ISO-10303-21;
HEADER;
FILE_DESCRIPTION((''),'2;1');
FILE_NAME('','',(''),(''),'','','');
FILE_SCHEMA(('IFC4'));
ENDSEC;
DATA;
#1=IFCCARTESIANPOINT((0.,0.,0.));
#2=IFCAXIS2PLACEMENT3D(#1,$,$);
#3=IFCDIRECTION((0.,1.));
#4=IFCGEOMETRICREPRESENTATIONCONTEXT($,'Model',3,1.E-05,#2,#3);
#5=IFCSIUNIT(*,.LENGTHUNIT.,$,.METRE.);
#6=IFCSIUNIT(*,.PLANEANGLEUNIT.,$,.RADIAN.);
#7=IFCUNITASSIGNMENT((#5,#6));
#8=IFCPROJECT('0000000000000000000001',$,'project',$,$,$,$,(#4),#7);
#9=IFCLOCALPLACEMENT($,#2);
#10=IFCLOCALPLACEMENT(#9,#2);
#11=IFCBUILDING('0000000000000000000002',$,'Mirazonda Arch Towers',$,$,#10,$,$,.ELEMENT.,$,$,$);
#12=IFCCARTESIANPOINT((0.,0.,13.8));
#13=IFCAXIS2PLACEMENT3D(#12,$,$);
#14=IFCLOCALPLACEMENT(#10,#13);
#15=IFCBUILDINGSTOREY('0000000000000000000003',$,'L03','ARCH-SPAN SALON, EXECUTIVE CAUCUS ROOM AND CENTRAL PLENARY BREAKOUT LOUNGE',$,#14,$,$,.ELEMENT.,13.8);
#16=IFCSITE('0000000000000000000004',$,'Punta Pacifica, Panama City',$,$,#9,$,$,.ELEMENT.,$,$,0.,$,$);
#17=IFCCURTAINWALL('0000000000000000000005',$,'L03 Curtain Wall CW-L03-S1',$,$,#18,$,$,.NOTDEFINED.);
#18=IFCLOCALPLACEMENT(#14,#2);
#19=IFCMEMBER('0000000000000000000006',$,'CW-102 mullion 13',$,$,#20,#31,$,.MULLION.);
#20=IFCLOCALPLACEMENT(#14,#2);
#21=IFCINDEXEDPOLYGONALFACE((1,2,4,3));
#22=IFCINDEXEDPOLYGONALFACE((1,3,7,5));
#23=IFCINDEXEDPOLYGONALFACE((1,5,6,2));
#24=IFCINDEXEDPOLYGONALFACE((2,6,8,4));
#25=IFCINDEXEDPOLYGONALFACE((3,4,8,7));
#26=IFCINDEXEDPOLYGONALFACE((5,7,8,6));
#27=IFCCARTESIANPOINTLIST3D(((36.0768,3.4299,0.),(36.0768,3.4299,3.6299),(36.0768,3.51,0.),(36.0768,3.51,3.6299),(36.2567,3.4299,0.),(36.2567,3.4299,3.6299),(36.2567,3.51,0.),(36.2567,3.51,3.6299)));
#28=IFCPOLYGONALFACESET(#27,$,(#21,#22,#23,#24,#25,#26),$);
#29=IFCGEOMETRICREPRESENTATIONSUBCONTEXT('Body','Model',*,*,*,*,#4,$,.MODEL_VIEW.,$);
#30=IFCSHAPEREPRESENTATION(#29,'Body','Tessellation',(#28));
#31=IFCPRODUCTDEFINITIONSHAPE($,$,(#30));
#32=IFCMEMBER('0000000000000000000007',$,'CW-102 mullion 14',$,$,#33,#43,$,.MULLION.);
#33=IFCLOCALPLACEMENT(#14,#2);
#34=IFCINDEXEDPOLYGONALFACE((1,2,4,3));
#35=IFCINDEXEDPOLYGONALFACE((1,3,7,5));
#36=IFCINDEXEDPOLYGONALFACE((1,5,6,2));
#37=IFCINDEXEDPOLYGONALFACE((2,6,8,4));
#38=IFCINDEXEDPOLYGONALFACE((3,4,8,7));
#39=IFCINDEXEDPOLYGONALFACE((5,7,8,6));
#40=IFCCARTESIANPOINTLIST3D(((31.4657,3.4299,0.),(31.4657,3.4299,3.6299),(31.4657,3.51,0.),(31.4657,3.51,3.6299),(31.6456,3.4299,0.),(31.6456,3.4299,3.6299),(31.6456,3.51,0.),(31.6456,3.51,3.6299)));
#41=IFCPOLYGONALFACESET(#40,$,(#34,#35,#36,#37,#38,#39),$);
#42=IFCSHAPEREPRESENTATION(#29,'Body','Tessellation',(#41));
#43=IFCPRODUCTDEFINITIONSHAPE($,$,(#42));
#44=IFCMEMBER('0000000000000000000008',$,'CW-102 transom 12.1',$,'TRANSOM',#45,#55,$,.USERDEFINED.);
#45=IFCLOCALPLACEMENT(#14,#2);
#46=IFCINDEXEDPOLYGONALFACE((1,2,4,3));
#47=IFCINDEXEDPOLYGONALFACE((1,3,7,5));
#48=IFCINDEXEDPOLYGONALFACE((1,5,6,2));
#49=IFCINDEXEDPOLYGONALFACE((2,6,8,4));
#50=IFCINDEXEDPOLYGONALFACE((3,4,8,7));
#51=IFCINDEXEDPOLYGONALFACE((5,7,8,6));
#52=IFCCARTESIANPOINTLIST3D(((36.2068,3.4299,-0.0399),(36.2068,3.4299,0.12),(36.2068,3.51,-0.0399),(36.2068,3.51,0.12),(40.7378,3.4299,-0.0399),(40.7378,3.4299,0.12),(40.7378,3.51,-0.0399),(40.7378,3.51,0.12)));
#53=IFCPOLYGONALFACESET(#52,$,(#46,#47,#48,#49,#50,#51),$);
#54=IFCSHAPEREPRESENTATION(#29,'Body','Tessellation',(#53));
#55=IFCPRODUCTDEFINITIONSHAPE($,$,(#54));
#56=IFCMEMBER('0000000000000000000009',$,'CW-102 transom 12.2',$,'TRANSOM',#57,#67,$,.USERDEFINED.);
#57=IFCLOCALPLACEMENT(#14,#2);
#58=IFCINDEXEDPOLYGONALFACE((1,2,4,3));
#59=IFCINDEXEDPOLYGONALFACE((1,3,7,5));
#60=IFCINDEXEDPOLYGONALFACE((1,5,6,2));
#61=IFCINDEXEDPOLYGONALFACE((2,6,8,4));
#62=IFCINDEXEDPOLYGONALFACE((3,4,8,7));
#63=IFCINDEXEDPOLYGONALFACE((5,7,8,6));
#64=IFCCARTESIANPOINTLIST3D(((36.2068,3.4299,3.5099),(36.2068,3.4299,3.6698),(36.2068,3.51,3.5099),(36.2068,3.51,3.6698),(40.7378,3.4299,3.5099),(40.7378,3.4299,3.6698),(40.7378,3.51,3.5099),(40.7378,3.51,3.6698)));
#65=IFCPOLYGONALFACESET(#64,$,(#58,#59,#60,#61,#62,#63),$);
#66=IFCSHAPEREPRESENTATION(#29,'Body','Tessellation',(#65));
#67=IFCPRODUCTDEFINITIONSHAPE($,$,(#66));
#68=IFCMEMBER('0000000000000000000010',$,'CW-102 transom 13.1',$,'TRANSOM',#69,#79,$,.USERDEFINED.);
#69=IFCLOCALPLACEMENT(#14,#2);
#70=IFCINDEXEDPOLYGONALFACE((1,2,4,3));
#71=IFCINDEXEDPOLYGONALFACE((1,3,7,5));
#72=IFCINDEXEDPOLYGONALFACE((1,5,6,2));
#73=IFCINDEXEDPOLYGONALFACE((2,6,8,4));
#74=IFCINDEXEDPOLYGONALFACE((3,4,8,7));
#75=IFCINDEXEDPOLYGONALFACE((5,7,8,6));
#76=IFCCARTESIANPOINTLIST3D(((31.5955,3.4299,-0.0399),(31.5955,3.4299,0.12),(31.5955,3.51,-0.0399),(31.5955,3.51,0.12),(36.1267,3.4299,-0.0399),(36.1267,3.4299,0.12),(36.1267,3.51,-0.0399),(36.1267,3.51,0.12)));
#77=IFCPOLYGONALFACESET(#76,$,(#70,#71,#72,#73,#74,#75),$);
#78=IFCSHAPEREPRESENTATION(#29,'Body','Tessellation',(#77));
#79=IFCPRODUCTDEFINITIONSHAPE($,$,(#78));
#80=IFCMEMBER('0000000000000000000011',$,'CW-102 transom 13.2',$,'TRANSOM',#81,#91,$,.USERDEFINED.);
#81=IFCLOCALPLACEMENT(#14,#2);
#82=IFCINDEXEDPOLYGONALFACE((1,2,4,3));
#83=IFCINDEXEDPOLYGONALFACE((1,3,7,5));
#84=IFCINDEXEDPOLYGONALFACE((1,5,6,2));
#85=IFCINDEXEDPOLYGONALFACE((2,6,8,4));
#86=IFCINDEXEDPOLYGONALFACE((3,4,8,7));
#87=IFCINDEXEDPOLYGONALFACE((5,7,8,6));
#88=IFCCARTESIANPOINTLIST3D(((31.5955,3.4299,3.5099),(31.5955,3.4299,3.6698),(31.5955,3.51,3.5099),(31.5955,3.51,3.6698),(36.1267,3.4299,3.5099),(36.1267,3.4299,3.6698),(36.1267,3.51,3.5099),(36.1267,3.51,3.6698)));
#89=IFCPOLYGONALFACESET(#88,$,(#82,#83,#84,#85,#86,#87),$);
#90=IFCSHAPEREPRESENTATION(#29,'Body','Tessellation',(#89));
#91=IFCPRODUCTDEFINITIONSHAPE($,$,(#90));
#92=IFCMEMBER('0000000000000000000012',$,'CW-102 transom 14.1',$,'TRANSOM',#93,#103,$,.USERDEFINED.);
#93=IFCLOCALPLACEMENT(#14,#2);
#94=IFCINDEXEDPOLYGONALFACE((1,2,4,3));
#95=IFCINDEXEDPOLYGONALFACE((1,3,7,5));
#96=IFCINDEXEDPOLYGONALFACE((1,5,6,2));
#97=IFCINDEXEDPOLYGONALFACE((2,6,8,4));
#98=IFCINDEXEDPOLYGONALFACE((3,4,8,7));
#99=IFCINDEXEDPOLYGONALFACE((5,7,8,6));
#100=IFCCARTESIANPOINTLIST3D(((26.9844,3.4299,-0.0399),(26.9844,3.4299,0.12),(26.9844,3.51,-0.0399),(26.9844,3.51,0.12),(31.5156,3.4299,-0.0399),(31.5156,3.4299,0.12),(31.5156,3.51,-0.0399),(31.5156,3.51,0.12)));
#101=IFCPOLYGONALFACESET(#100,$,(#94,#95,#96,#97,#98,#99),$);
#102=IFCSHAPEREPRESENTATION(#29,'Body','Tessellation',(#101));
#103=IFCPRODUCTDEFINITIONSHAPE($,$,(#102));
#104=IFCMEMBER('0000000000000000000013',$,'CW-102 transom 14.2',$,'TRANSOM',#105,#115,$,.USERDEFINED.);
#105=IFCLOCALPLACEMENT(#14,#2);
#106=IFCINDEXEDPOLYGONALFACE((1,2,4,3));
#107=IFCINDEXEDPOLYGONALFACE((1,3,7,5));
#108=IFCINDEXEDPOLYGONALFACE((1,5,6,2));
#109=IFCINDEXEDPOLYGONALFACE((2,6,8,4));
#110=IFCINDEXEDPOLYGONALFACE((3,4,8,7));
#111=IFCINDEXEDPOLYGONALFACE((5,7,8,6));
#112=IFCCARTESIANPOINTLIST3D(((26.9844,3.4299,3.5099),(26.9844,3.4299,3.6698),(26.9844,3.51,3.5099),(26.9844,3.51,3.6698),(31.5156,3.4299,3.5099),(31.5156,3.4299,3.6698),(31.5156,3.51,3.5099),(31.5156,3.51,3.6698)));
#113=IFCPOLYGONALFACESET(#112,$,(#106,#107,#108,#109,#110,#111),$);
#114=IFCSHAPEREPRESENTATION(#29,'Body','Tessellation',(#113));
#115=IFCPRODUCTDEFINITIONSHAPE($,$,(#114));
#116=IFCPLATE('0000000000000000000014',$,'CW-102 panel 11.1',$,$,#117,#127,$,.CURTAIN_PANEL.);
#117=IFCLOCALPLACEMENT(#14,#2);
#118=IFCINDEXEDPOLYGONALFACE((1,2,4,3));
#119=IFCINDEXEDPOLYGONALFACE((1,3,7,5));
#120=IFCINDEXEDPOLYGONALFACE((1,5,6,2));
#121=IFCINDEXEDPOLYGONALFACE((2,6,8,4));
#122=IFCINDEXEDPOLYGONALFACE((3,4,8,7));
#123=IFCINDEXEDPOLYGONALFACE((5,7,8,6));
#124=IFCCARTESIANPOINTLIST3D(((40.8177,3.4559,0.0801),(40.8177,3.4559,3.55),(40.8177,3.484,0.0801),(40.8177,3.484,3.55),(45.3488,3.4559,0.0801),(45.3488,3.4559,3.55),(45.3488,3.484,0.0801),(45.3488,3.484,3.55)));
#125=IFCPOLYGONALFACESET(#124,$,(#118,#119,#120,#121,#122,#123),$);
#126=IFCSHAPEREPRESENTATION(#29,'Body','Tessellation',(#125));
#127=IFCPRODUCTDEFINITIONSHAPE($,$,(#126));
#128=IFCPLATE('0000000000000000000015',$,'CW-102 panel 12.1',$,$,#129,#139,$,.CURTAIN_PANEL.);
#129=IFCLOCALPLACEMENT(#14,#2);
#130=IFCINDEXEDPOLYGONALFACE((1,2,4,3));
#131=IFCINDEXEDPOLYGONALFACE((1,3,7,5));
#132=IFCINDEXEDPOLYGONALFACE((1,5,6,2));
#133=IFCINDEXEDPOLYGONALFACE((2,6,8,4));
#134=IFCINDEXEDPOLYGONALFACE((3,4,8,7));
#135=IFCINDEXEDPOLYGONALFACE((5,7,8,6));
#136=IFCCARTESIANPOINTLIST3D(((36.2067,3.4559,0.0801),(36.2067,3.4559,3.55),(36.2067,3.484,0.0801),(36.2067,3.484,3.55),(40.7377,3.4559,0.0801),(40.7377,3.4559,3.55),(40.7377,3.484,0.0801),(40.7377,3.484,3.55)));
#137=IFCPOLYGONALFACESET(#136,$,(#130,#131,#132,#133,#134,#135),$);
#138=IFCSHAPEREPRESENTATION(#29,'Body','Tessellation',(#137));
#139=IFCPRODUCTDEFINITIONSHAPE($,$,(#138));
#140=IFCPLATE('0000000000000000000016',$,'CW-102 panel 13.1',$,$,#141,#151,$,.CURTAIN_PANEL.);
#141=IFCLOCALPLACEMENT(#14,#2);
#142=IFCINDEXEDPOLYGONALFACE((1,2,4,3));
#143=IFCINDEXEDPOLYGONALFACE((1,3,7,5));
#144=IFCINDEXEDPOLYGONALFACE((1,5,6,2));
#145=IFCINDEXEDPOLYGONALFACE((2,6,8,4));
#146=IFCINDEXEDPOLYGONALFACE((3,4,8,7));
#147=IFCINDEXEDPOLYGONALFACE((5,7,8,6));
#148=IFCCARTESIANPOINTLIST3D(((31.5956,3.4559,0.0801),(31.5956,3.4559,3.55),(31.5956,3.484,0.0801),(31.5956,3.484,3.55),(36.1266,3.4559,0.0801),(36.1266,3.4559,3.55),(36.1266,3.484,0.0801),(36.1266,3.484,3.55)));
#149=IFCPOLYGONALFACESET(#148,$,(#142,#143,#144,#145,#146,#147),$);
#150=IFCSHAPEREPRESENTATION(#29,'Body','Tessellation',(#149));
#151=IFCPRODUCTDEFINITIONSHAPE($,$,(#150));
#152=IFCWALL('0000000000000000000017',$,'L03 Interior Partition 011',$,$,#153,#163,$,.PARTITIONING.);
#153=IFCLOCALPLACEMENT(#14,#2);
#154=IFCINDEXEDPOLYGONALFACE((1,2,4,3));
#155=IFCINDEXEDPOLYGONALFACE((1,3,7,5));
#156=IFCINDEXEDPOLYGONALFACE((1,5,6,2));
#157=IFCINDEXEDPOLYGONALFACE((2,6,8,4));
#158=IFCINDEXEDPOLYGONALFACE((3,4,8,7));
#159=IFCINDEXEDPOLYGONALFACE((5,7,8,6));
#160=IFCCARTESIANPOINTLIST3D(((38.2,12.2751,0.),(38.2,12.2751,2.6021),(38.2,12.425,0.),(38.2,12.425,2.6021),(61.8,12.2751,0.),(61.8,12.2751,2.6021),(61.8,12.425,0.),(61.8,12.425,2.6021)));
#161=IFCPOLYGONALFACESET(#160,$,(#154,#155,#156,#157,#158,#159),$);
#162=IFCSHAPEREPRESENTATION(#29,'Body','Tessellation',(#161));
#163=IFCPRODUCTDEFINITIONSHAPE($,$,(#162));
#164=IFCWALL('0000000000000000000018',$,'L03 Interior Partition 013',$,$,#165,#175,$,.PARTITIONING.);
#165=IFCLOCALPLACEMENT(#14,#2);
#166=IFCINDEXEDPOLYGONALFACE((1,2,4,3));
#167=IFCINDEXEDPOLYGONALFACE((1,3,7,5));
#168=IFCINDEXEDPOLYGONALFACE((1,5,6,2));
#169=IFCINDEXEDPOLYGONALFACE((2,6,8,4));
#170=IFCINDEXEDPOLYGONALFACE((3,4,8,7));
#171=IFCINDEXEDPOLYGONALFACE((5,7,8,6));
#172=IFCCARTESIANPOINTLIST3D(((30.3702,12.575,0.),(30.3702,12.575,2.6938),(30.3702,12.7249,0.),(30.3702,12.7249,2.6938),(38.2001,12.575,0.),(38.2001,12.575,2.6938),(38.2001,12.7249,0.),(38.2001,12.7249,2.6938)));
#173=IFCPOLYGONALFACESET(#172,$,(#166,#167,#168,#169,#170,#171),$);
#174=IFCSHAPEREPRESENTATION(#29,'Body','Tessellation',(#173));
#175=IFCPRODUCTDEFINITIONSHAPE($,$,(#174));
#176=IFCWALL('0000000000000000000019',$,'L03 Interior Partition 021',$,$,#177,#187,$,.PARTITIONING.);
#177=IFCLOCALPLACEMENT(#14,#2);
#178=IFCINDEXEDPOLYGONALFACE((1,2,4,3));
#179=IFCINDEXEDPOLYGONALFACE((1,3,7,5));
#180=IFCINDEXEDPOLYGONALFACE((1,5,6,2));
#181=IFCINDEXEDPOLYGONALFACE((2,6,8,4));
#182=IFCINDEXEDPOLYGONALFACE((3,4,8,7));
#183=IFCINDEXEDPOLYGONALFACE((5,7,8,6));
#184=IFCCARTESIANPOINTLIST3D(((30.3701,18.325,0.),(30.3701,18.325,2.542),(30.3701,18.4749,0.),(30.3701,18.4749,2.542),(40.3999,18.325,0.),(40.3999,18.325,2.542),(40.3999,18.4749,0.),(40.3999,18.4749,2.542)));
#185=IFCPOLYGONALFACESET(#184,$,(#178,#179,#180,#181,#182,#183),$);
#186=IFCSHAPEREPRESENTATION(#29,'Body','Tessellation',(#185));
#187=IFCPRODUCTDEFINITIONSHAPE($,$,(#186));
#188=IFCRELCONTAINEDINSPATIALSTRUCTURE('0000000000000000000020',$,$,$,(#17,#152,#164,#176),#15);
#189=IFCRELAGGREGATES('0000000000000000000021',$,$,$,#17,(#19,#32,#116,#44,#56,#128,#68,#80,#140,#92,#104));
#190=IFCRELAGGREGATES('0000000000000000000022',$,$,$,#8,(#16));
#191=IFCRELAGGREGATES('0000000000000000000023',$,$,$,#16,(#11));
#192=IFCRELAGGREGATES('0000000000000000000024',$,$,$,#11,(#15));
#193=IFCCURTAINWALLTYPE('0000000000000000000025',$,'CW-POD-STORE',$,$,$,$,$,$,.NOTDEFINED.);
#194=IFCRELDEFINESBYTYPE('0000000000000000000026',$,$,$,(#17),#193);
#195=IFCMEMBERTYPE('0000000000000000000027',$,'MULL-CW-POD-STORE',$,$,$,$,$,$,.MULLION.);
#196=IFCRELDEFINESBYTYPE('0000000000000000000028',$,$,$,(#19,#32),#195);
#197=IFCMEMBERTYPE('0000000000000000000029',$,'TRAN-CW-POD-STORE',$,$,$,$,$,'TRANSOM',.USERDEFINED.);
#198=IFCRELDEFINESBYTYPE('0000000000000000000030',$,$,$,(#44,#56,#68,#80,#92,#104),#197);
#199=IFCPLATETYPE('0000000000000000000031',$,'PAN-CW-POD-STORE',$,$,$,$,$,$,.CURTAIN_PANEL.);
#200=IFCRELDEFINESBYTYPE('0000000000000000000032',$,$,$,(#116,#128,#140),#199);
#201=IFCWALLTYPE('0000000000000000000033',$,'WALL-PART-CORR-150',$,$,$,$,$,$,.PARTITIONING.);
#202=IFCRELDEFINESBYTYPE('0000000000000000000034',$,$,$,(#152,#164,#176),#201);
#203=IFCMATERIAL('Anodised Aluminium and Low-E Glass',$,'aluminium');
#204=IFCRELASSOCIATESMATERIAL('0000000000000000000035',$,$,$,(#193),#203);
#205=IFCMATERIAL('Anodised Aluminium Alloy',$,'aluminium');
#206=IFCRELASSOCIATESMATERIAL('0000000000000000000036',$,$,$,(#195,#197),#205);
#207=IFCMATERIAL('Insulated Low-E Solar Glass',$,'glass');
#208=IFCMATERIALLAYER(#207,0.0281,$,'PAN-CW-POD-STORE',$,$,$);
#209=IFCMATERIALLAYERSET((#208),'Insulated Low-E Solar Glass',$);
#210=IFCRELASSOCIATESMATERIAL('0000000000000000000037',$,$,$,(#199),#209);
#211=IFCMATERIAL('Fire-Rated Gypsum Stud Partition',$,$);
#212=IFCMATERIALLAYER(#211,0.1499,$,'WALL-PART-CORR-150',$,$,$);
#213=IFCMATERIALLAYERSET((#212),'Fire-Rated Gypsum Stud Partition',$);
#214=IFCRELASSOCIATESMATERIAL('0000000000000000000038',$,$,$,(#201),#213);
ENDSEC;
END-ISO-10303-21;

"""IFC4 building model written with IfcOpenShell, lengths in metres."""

from ifc_helpers import new_model, si_unit, direction, frame, frame_2d, origin, origin_2d, place, context, subcontext, project, spatial, rectangle, extrude, material, layer, layer_set, material_profile, profile_set, type_object, element, aggregate, save


model = new_model("IFC4")

# Units and contexts
model_context = context("Model", 3, precision=1e-05, world=origin(), true_north=direction((0.0, 1.0)))
body_context = subcontext(model_context, "Body", "Model", "MODEL_VIEW")
ifc_project = project(units=[si_unit("LENGTHUNIT", "METRE"), si_unit("PLANEANGLEUNIT", "RADIAN")], contexts=[model_context])

# Site, building, storey
site_placement = place(None, origin())
site = spatial("IfcSite", under=ifc_project, at=site_placement, Name="Punta Pacifica, Panama City", CompositionType="ELEMENT", RefElevation=0.0)
building_placement = place(site_placement, origin())
building = spatial("IfcBuilding", under=site, at=building_placement, Name="Mirazonda Arch Towers", CompositionType="ELEMENT")
storey_placement = place(building_placement, frame((0.0, 0.0, 13.8)))
storey = spatial("IfcBuildingStorey", under=building, at=storey_placement, Name="L03", Description="ARCH-SPAN SALON, EXECUTIVE CAUCUS ROOM AND CENTRAL PLENARY BREAKOUT LOUNGE", CompositionType="ELEMENT", Elevation=13.8)

# Curtain wall, members, plates
ifc_material_1 = material(Name="Anodised Aluminium and Low-E Glass", Category="aluminium")
curtain_wall_type = type_object("IfcCurtainWallType", Name="CW-POD-STORE", PredefinedType="NOTDEFINED", material=ifc_material_1)
curtain_wall_placement = place(storey_placement, origin())
curtain_wall = element("IfcCurtainWall", 1, at=curtain_wall_placement, inside=storey, type_object=curtain_wall_type, Name="L03 Curtain Wall CW-L03-S1", PredefinedType="NOTDEFINED")
ifc_material_2 = material(Name="Anodised Aluminium Alloy", Category="aluminium")
ifc_material_profile_1 = material_profile(ifc_material_2, rectangle(XDim=0.0801, YDim=0.1799, at=origin_2d()), Name="ALU-MULL-80x180")
ifc_profile_set_1 = profile_set([ifc_material_profile_1], Name="Anodised Aluminium Alloy")
member_type_1 = type_object("IfcMemberType", Name="MULL-CW-POD-STORE", PredefinedType="MULLION", material=ifc_profile_set_1)
member_1_placement = place(storey_placement, frame((36.1667, 3.47, 0.0), z_axis=(0.0, 0.0, 1.0), x_axis=(0.0, -1.0, 0.0)))
member_1 = element("IfcMember", 2, at=member_1_placement, type_object=member_type_1, Name="CW-102 mullion 13", PredefinedType="MULLION", context=body_context, shape_type="SweptSolid", body=[
    extrude(rectangle(XDim=0.0801, YDim=0.1799, at=origin_2d()), origin(), (0.0, 0.0, 1.0), 3.6299),
])
member_2_placement = place(storey_placement, frame((31.5557, 3.47, 0.0), z_axis=(0.0, 0.0, 1.0), x_axis=(0.0, -1.0, 0.0)))
member_2 = element("IfcMember", 3, at=member_2_placement, type_object=member_type_1, Name="CW-102 mullion 14", PredefinedType="MULLION", context=body_context, shape_type="SweptSolid", body=[
    extrude(rectangle(XDim=0.0801, YDim=0.1799, at=origin_2d()), origin(), (0.0, 0.0, 1.0), 3.6299),
])
ifc_material_profile_2 = material_profile(ifc_material_2, rectangle(XDim=0.0801, YDim=0.1599, at=origin_2d()), Name="ALU-TRAN-80x160")
ifc_profile_set_2 = profile_set([ifc_material_profile_2], Name="Anodised Aluminium Alloy")
member_type_2 = type_object("IfcMemberType", Name="TRAN-CW-POD-STORE", ElementType="TRANSOM", PredefinedType="USERDEFINED", material=ifc_profile_set_2)
member_3_placement = place(storey_placement, frame((40.7378, 3.47, 0.04), z_axis=(-1.0, 0.0, 0.0), x_axis=(0.0, -1.0, 0.0)))
member_3 = element("IfcMember", 4, at=member_3_placement, type_object=member_type_2, Name="CW-102 transom 12.1", ObjectType="TRANSOM", PredefinedType="USERDEFINED", context=body_context, shape_type="SweptSolid", body=[
    extrude(rectangle(XDim=0.0801, YDim=0.1599, at=origin_2d()), origin(), (0.0, 0.0, 1.0), 4.531),
])
member_4_placement = place(storey_placement, frame((40.7378, 3.47, 3.5898), z_axis=(-1.0, 0.0, 0.0), x_axis=(0.0, -1.0, 0.0)))
member_4 = element("IfcMember", 5, at=member_4_placement, type_object=member_type_2, Name="CW-102 transom 12.2", ObjectType="TRANSOM", PredefinedType="USERDEFINED", context=body_context, shape_type="SweptSolid", body=[
    extrude(rectangle(XDim=0.0801, YDim=0.1599, at=origin_2d()), origin(), (0.0, 0.0, 1.0), 4.531),
])
member_5_placement = place(storey_placement, frame((36.1267, 3.47, 0.04), z_axis=(-1.0, 0.0, 0.0), x_axis=(0.0, -1.0, 0.0)))
member_5 = element("IfcMember", 6, at=member_5_placement, type_object=member_type_2, Name="CW-102 transom 13.1", ObjectType="TRANSOM", PredefinedType="USERDEFINED", context=body_context, shape_type="SweptSolid", body=[
    extrude(rectangle(XDim=0.0801, YDim=0.1599, at=origin_2d()), origin(), (0.0, 0.0, 1.0), 4.5312),
])
member_6_placement = place(storey_placement, frame((36.1267, 3.47, 3.5898), z_axis=(-1.0, 0.0, 0.0), x_axis=(0.0, -1.0, 0.0)))
member_6 = element("IfcMember", 7, at=member_6_placement, type_object=member_type_2, Name="CW-102 transom 13.2", ObjectType="TRANSOM", PredefinedType="USERDEFINED", context=body_context, shape_type="SweptSolid", body=[
    extrude(rectangle(XDim=0.0801, YDim=0.1599, at=origin_2d()), origin(), (0.0, 0.0, 1.0), 4.5312),
])
member_7_placement = place(storey_placement, frame((31.5156, 3.47, 0.04), z_axis=(-1.0, 0.0, 0.0), x_axis=(0.0, -1.0, 0.0)))
member_7 = element("IfcMember", 8, at=member_7_placement, type_object=member_type_2, Name="CW-102 transom 14.1", ObjectType="TRANSOM", PredefinedType="USERDEFINED", context=body_context, shape_type="SweptSolid", body=[
    extrude(rectangle(XDim=0.0801, YDim=0.1599, at=origin_2d()), origin(), (0.0, 0.0, 1.0), 4.5312),
])
member_8_placement = place(storey_placement, frame((31.5156, 3.47, 3.5898), z_axis=(-1.0, 0.0, 0.0), x_axis=(0.0, -1.0, 0.0)))
member_8 = element("IfcMember", 9, at=member_8_placement, type_object=member_type_2, Name="CW-102 transom 14.2", ObjectType="TRANSOM", PredefinedType="USERDEFINED", context=body_context, shape_type="SweptSolid", body=[
    extrude(rectangle(XDim=0.0801, YDim=0.1599, at=origin_2d()), origin(), (0.0, 0.0, 1.0), 4.5312),
])
ifc_material_3 = material(Name="Insulated Low-E Solar Glass", Category="glass")
ifc_layer_1 = layer(ifc_material_3, 0.0281, Name="PAN-CW-POD-STORE")
ifc_layer_set_1 = layer_set([ifc_layer_1], Name="Insulated Low-E Solar Glass")
plate_type = type_object("IfcPlateType", Name="PAN-CW-POD-STORE", PredefinedType="CURTAIN_PANEL", material=ifc_layer_set_1)
plate_1_placement = place(storey_placement, frame((43.0833, 3.47, 0.0801), z_axis=(0.0, 0.0, 1.0), x_axis=(-1.0, 0.0, 0.0)))
plate_1 = element("IfcPlate", 10, at=plate_1_placement, type_object=plate_type, Name="CW-102 panel 11.1", PredefinedType="CURTAIN_PANEL", context=body_context, shape_type="SweptSolid", body=[
    extrude(rectangle(XDim=4.531, YDim=0.0281, at=origin_2d()), origin(), (0.0, 0.0, 1.0), 3.47),
])
plate_2_placement = place(storey_placement, frame((38.4722, 3.47, 0.0801), z_axis=(0.0, 0.0, 1.0), x_axis=(-1.0, 0.0, 0.0)))
plate_2 = element("IfcPlate", 11, at=plate_2_placement, type_object=plate_type, Name="CW-102 panel 12.1", PredefinedType="CURTAIN_PANEL", context=body_context, shape_type="SweptSolid", body=[
    extrude(rectangle(XDim=4.531, YDim=0.0281, at=origin_2d()), origin(), (0.0, 0.0, 1.0), 3.47),
])
plate_3_placement = place(storey_placement, frame((33.8611, 3.47, 0.0801), z_axis=(0.0, 0.0, 1.0), x_axis=(-1.0, 0.0, 0.0)))
plate_3 = element("IfcPlate", 12, at=plate_3_placement, type_object=plate_type, Name="CW-102 panel 13.1", PredefinedType="CURTAIN_PANEL", context=body_context, shape_type="SweptSolid", body=[
    extrude(rectangle(XDim=4.531, YDim=0.0281, at=origin_2d()), origin(), (0.0, 0.0, 1.0), 3.47),
])
aggregate(curtain_wall, [member_1, member_2, plate_1, member_3, member_4, plate_2, member_5, member_6, plate_3, member_7, member_8])

# Walls
ifc_material_4 = material(Name="Fire-Rated Gypsum Stud Partition")
ifc_layer_2 = layer(ifc_material_4, 0.1499, Name="WALL-PART-CORR-150")
ifc_layer_set_2 = layer_set([ifc_layer_2], Name="Fire-Rated Gypsum Stud Partition")
wall_type = type_object("IfcWallType", Name="WALL-PART-CORR-150", PredefinedType="PARTITIONING", material=ifc_layer_set_2)
wall_1_placement = place(storey_placement, frame((38.2, 12.3501, 0.0), z_axis=(0.0, 0.0, 1.0), x_axis=(1.0, 0.0, 0.0)))
element("IfcWall", 13, at=wall_1_placement, inside=storey, type_object=wall_type, Name="L03 Interior Partition 011", PredefinedType="PARTITIONING", context=body_context, shape_type="SweptSolid", body=[
    extrude(rectangle(XDim=23.6001, YDim=0.1499, at=frame_2d((11.8, 0.0))), origin(), (0.0, 0.0, 1.0), 2.6021),
])
wall_2_placement = place(storey_placement, frame((30.3701, 12.6499, 0.0), z_axis=(0.0, 0.0, 1.0), x_axis=(1.0, 0.0, 0.0)))
element("IfcWall", 14, at=wall_2_placement, inside=storey, type_object=wall_type, Name="L03 Interior Partition 013", PredefinedType="PARTITIONING", context=body_context, shape_type="SweptSolid", body=[
    extrude(rectangle(XDim=7.8298, YDim=0.1499, at=frame_2d((3.915, 0.0))), origin(), (0.0, 0.0, 1.0), 2.6938),
])
wall_3_placement = place(storey_placement, frame((30.3701, 18.3999, 0.0), z_axis=(0.0, 0.0, 1.0), x_axis=(1.0, 0.0, 0.0)))
element("IfcWall", 15, at=wall_3_placement, inside=storey, type_object=wall_type, Name="L03 Interior Partition 021", PredefinedType="PARTITIONING", context=body_context, shape_type="SweptSolid", body=[
    extrude(rectangle(XDim=10.0298, YDim=0.1499, at=frame_2d((5.0149, 0.0))), origin(), (0.0, 0.0, 1.0), 2.542),
])

save(model, "model.ifc")
